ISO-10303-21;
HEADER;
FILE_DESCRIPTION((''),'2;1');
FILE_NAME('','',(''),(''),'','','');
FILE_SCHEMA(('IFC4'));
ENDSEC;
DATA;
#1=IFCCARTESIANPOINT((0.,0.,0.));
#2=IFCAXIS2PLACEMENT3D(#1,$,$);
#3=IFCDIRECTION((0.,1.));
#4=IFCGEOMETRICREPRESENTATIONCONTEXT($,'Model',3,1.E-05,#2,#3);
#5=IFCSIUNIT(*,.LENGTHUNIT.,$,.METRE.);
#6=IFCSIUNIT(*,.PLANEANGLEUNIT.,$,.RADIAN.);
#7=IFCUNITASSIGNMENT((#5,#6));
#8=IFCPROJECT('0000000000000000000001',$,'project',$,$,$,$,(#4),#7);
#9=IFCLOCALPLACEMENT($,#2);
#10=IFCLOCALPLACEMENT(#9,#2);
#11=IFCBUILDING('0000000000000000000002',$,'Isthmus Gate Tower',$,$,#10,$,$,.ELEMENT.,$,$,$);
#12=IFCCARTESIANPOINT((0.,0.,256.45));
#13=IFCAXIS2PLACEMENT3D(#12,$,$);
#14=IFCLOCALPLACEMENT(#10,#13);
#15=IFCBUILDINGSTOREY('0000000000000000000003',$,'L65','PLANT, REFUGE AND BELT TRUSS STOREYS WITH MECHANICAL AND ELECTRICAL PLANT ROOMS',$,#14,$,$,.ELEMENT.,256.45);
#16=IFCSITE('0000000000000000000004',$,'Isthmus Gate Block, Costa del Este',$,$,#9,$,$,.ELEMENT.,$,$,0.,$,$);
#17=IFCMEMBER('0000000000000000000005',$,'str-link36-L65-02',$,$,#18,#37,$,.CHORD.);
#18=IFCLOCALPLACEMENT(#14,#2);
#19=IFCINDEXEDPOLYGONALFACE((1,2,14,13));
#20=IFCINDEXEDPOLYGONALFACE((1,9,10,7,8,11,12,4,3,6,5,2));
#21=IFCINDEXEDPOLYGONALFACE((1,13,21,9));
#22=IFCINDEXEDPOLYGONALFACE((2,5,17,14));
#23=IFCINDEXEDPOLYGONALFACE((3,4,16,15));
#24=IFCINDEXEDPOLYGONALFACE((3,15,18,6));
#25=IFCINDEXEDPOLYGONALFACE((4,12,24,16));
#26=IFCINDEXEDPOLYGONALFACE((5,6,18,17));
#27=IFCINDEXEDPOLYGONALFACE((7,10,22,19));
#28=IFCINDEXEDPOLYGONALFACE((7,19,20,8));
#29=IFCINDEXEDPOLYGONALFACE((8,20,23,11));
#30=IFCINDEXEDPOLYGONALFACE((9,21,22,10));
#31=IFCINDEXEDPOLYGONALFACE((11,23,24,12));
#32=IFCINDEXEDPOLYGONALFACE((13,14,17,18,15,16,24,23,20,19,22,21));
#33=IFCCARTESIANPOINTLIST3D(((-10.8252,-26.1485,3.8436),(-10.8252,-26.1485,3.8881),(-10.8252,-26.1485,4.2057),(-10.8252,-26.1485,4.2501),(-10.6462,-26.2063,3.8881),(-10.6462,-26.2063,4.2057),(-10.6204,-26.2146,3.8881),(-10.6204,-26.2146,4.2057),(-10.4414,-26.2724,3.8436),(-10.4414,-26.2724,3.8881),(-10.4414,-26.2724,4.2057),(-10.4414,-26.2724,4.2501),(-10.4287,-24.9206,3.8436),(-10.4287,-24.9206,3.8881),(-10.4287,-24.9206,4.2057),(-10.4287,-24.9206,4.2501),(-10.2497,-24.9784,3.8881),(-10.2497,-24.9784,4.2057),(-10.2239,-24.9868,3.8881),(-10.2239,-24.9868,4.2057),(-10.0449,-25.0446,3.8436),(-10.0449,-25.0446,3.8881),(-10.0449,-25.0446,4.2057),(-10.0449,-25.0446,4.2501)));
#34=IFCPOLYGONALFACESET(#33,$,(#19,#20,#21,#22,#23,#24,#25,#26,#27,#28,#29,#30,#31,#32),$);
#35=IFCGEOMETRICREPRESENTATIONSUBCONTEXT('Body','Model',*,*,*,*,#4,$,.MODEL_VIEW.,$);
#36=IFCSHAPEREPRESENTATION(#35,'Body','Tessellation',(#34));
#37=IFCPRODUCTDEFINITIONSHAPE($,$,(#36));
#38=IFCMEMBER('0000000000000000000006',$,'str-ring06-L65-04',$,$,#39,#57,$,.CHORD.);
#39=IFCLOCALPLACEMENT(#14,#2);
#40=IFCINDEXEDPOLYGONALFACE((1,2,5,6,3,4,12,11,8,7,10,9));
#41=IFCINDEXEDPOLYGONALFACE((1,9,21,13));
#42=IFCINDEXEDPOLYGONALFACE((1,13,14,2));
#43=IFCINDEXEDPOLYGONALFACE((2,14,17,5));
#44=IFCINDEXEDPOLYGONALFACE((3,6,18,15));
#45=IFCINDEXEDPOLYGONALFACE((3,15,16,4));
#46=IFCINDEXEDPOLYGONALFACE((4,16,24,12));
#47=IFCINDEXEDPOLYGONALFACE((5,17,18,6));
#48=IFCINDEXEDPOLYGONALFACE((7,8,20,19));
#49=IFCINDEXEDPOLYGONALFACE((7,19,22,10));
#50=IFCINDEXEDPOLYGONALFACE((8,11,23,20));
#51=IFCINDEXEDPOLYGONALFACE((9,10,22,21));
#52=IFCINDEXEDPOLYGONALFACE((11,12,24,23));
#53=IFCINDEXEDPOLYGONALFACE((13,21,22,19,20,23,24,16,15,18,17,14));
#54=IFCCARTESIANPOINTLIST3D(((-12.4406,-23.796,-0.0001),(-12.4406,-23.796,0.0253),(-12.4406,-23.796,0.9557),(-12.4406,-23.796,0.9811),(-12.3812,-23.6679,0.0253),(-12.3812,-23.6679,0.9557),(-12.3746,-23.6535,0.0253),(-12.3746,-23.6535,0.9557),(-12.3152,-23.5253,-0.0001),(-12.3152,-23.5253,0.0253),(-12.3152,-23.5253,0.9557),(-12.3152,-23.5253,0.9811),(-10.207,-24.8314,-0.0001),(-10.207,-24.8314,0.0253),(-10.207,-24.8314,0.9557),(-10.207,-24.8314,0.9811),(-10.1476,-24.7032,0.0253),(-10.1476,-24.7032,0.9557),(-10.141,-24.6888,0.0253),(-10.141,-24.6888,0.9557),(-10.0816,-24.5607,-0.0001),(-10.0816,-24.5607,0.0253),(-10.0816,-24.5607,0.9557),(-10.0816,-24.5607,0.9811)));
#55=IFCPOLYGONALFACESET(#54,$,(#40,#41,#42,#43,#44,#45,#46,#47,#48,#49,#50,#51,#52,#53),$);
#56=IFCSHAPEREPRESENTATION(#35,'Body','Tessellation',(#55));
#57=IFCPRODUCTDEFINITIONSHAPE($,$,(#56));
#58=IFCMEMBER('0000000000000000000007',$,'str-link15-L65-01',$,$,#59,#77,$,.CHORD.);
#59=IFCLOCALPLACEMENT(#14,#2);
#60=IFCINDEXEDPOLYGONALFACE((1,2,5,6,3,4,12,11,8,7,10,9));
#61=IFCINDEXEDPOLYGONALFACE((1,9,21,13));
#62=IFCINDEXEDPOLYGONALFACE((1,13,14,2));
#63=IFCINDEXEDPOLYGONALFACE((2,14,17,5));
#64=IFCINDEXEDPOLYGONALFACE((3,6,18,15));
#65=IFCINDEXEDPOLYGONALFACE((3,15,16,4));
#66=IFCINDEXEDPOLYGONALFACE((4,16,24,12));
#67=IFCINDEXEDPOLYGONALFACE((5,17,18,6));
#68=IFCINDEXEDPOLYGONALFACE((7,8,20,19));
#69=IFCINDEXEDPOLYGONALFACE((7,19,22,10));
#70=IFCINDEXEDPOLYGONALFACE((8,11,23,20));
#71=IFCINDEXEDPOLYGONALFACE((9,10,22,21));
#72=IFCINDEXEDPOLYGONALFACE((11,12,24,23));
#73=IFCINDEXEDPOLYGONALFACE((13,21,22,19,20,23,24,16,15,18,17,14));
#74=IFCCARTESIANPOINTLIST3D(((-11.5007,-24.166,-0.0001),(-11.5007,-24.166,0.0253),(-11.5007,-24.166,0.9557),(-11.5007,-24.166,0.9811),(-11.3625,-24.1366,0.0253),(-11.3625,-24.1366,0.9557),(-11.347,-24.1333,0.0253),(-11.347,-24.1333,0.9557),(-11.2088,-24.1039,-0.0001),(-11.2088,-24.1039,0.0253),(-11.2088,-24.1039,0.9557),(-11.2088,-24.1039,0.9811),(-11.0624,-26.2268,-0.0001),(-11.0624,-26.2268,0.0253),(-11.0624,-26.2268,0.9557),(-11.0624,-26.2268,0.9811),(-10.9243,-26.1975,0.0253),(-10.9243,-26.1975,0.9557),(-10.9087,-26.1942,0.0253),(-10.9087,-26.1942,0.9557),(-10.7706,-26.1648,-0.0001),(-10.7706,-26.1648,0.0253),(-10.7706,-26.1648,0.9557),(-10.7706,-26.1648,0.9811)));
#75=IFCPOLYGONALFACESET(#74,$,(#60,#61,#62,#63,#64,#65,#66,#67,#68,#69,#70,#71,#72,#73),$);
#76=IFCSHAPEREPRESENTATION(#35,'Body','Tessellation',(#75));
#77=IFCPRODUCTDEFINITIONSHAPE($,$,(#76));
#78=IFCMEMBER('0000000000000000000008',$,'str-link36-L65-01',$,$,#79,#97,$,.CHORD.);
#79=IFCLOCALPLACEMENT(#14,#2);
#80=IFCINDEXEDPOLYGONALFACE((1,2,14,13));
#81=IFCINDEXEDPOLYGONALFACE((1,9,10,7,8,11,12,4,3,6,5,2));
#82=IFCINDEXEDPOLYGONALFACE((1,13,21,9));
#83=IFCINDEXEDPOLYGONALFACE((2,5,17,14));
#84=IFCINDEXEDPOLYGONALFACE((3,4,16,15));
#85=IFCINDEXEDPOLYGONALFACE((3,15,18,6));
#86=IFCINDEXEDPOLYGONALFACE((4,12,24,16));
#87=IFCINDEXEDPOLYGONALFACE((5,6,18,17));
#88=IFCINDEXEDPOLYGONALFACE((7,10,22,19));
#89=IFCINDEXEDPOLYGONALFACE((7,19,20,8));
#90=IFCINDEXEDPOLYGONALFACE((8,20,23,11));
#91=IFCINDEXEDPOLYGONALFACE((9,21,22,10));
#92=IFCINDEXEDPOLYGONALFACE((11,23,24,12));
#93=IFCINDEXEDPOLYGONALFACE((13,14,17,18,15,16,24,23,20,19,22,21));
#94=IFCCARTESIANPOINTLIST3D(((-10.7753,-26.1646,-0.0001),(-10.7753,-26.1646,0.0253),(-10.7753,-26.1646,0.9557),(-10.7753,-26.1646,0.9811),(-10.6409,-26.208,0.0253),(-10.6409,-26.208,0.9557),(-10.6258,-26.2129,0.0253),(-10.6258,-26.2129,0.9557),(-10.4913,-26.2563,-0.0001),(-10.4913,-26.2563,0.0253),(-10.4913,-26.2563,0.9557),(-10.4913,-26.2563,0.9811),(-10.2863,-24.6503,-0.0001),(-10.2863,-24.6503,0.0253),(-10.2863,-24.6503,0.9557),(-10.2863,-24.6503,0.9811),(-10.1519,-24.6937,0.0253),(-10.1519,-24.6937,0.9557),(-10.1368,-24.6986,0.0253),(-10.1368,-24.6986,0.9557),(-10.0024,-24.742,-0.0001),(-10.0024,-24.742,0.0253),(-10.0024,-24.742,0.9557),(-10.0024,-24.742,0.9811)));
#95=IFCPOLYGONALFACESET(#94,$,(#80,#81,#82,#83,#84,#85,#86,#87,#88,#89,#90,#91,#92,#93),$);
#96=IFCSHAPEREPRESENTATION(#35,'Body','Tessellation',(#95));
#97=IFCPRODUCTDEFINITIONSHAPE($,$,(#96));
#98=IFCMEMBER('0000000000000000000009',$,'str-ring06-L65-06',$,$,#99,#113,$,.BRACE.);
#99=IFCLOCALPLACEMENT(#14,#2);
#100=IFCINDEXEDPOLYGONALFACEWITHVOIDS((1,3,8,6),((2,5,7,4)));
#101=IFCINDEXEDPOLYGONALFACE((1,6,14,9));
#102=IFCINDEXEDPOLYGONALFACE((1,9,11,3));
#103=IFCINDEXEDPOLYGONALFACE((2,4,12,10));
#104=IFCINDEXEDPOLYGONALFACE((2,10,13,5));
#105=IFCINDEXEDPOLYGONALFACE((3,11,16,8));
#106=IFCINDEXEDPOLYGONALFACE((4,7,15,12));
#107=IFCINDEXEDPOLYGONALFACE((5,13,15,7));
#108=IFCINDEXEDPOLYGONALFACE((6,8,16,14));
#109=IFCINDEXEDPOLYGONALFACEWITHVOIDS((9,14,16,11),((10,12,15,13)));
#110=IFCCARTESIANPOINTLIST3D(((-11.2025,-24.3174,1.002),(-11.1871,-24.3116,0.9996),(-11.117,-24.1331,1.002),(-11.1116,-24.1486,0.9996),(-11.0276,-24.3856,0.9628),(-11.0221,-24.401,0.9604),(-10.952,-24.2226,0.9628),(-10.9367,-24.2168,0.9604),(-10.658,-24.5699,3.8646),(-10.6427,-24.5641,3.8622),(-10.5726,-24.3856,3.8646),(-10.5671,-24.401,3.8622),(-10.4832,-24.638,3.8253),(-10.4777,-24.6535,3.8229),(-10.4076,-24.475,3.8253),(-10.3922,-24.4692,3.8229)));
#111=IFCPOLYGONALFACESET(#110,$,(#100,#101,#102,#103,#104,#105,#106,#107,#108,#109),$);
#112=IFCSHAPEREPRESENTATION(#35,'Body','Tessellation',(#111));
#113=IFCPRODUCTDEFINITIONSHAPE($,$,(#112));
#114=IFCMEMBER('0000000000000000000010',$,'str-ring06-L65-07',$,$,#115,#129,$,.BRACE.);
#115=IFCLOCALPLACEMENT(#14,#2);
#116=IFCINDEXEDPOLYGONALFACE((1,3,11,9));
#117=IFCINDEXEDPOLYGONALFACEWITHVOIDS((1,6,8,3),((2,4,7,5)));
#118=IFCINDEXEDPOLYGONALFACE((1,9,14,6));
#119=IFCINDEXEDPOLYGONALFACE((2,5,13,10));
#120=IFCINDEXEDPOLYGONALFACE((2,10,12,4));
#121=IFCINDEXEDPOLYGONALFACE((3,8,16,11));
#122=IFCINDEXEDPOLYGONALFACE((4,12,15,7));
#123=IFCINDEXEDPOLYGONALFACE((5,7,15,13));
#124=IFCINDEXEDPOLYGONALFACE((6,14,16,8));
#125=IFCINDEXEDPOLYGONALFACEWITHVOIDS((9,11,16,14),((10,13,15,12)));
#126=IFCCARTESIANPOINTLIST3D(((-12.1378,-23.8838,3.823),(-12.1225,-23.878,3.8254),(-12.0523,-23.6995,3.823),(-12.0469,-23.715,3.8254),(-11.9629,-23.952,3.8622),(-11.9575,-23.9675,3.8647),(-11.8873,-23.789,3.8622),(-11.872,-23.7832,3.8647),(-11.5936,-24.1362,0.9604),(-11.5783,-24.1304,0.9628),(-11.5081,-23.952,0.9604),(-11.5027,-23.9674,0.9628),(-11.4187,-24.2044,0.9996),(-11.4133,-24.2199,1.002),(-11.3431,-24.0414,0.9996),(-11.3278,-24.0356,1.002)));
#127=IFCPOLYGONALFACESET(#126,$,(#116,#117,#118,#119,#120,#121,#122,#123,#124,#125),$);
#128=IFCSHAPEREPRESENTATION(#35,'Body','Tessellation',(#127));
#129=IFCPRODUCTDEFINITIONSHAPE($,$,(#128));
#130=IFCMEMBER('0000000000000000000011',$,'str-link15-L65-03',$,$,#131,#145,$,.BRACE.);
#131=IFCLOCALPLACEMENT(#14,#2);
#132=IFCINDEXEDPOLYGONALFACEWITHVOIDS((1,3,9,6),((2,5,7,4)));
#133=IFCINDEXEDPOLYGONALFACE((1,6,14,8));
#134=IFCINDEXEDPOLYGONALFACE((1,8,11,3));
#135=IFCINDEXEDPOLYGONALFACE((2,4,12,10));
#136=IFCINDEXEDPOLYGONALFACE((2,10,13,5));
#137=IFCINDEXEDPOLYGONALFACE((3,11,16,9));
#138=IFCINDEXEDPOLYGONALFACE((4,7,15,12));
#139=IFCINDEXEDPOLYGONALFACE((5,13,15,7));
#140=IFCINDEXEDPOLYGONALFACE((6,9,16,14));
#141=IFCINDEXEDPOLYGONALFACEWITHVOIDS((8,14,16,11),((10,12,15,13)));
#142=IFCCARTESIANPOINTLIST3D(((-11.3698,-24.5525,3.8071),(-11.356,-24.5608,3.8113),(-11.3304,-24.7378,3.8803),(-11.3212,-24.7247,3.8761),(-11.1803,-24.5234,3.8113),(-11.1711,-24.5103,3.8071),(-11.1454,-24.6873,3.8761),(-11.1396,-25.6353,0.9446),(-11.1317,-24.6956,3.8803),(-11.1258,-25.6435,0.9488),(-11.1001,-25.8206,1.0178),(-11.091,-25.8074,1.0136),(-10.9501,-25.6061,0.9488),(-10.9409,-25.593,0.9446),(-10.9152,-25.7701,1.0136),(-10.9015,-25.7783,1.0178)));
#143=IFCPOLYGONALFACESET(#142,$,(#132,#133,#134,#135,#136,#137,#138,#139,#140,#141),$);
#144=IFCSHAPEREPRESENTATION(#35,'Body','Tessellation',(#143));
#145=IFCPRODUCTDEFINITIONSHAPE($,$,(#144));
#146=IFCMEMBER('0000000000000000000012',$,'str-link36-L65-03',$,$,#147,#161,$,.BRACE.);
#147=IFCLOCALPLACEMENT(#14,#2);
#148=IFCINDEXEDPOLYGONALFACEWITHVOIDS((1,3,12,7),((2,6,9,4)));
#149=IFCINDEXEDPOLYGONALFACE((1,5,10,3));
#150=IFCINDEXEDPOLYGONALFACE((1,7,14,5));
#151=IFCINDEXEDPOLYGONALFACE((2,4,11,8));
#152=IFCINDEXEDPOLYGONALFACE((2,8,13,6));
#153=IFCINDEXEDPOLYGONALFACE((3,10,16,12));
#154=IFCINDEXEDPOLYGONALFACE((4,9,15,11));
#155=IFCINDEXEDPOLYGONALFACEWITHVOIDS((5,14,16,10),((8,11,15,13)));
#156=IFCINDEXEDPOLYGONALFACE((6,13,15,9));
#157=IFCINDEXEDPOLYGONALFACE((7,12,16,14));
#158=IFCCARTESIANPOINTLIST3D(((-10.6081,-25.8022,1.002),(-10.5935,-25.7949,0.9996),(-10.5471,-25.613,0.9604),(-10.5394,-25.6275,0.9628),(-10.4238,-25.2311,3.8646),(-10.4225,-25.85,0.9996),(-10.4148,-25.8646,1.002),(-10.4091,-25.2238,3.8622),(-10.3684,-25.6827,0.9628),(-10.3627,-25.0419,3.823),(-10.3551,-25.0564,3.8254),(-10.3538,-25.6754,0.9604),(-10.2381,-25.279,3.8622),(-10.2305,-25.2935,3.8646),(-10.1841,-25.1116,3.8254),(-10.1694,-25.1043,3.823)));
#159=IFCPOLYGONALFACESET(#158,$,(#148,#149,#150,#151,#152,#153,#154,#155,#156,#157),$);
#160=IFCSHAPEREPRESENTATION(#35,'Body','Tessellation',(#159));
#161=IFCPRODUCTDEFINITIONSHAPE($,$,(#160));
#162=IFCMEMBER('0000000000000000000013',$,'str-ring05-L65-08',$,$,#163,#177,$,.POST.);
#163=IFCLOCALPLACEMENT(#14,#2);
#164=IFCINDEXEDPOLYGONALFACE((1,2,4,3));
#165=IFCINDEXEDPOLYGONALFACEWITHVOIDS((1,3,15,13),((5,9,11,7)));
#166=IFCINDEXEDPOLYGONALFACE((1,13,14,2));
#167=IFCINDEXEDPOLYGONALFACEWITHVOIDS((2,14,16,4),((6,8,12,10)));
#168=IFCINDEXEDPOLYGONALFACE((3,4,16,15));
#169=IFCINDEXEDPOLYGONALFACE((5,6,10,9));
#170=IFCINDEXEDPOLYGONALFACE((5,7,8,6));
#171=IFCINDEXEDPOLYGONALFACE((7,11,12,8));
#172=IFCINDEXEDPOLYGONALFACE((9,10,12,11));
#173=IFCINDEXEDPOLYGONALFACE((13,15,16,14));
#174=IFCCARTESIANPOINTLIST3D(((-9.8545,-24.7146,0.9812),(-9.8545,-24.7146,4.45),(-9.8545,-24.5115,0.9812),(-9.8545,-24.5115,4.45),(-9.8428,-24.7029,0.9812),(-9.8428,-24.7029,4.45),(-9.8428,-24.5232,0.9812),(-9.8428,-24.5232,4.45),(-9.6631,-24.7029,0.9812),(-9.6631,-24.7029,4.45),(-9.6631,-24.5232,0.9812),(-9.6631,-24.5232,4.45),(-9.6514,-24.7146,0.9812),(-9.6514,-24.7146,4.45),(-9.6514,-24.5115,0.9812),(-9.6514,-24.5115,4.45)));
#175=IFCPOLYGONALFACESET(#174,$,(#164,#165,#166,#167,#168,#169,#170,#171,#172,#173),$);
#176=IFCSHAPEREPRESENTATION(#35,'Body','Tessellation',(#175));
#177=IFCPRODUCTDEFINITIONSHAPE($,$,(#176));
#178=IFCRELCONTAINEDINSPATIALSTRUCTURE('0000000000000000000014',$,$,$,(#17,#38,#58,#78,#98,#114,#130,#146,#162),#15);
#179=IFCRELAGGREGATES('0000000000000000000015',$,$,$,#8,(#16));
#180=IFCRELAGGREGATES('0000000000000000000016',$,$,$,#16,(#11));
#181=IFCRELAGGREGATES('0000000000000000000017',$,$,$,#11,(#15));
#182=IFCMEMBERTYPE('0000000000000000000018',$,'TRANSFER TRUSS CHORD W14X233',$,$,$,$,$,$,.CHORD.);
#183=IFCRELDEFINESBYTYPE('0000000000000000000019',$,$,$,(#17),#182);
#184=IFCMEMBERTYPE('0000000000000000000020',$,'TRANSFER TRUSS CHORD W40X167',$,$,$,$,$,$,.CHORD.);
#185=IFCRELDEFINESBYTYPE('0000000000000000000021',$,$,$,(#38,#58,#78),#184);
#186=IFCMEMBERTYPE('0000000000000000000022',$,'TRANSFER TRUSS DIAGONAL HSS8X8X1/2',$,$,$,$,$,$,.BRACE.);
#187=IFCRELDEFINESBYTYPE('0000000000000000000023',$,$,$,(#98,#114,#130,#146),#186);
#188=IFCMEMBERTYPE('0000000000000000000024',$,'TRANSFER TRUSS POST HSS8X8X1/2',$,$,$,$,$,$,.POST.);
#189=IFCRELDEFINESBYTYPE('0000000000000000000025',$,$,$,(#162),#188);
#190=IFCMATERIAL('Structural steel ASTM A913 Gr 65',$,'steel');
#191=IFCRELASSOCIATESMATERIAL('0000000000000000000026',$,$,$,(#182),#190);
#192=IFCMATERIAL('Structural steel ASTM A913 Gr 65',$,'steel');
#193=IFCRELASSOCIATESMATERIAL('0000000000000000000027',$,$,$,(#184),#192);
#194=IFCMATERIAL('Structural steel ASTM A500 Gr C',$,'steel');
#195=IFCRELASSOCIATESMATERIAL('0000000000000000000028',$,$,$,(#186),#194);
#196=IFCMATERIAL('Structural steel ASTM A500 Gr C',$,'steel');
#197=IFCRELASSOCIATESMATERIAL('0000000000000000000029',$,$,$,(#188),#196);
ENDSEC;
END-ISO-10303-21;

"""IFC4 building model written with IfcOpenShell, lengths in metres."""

from ifc_helpers import new_model, si_unit, direction, frame, origin, origin_2d, place, context, subcontext, project, spatial, hollow_rectangle, i_section, extrude, material, material_profile, profile_set, type_object, element, save


model = new_model("IFC4")

# Units and contexts
model_context = context("Model", 3, precision=1e-05, world=origin(), true_north=direction((0.0, 1.0)))
body_context = subcontext(model_context, "Body", "Model", "MODEL_VIEW")
ifc_project = project(units=[si_unit("LENGTHUNIT", "METRE"), si_unit("PLANEANGLEUNIT", "RADIAN")], contexts=[model_context])

# Site, building, storey
site_placement = place(None, origin())
site = spatial("IfcSite", under=ifc_project, at=site_placement, Name="Isthmus Gate Block, Costa del Este", CompositionType="ELEMENT", RefElevation=0.0)
building_placement = place(site_placement, origin())
building = spatial("IfcBuilding", under=site, at=building_placement, Name="Isthmus Gate Tower", CompositionType="ELEMENT")
storey_placement = place(building_placement, frame((0.0, 0.0, 256.45)))
storey = spatial("IfcBuildingStorey", under=building, at=storey_placement, Name="L65", Description="PLANT, REFUGE AND BELT TRUSS STOREYS WITH MECHANICAL AND ELECTRICAL PLANT ROOMS", CompositionType="ELEMENT", Elevation=256.45)

# Members
ifc_material_1 = material(Name="Structural steel ASTM A913 Gr 65", Category="steel")
ifc_material_profile_1 = material_profile(ifc_material_1, i_section(OverallWidth=0.4033, OverallDepth=0.4065, WebThickness=0.0271, FlangeThickness=0.0444, at=origin_2d()), Name="W14X233")
ifc_profile_set_1 = profile_set([ifc_material_profile_1], Name="Structural steel ASTM A913 Gr 65")
member_type_1 = type_object("IfcMemberType", Name="TRANSFER TRUSS CHORD W14X233", PredefinedType="CHORD", material=ifc_profile_set_1)
member_1_placement = place(storey_placement, frame((-10.6333, -26.2104, 4.0469), z_axis=(0.307301, 0.951612, 0.0), x_axis=(-0.951612, 0.307301, 0.0)))
element("IfcMember", 1, at=member_1_placement, inside=storey, type_object=member_type_1, Name="str-link36-L65-02", PredefinedType="CHORD", context=body_context, shape_type="SweptSolid", body=[
    extrude(i_section(OverallWidth=0.4033, OverallDepth=0.4065, WebThickness=0.0271, FlangeThickness=0.0444, at=origin_2d()), origin(), (0.0, 0.0, 1.0), 1.2903),
])
ifc_material_2 = material(Name="Structural steel ASTM A913 Gr 65", Category="steel")
ifc_material_profile_2 = material_profile(ifc_material_2, i_section(OverallWidth=0.2983, OverallDepth=0.9812, WebThickness=0.0159, FlangeThickness=0.0254, at=origin_2d()), Name="W40X167")
ifc_profile_set_2 = profile_set([ifc_material_profile_2], Name="Structural steel ASTM A913 Gr 65")
member_type_2 = type_object("IfcMemberType", Name="TRANSFER TRUSS CHORD W40X167", PredefinedType="CHORD", material=ifc_profile_set_2)
member_2_placement = place(storey_placement, frame((-10.1443, -24.696, 0.4905), z_axis=(-0.907264, 0.420561, 0.0), x_axis=(-0.420561, -0.907264, 0.0)))
element("IfcMember", 2, at=member_2_placement, inside=storey, type_object=member_type_2, Name="str-ring06-L65-04", PredefinedType="CHORD", context=body_context, shape_type="SweptSolid", body=[
    extrude(i_section(OverallWidth=0.2983, OverallDepth=0.9812, WebThickness=0.0159, FlangeThickness=0.0254, at=origin_2d()), origin(), (0.0, 0.0, 1.0), 2.4619),
])
member_3_placement = place(storey_placement, frame((-10.9165, -26.1958, 0.4905), z_axis=(-0.208002, 0.978129, 0.0), x_axis=(-0.978129, -0.208002, 0.0)))
element("IfcMember", 3, at=member_3_placement, inside=storey, type_object=member_type_2, Name="str-link15-L65-01", PredefinedType="CHORD", context=body_context, shape_type="SweptSolid", body=[
    extrude(i_section(OverallWidth=0.2983, OverallDepth=0.9812, WebThickness=0.0159, FlangeThickness=0.0254, at=origin_2d()), origin(), (0.0, 0.0, 1.0), 2.1069),
])
member_4_placement = place(storey_placement, frame((-10.6333, -26.2104, 0.4905), z_axis=(0.307285, 0.951617, 0.0), x_axis=(-0.951617, 0.307285, 0.0)))
element("IfcMember", 4, at=member_4_placement, inside=storey, type_object=member_type_2, Name="str-link36-L65-01", PredefinedType="CHORD", context=body_context, shape_type="SweptSolid", body=[
    extrude(i_section(OverallWidth=0.2983, OverallDepth=0.9812, WebThickness=0.0159, FlangeThickness=0.0254, at=origin_2d()), origin(), (0.0, 0.0, 1.0), 1.5913),
])
ifc_material_3 = material(Name="Structural steel ASTM A500 Gr C", Category="steel")
ifc_material_profile_3 = material_profile(ifc_material_3, hollow_rectangle(XDim=0.2031, YDim=0.2031, WallThickness=0.0117, at=origin_2d()), Name="HSS8X8X1/2")
ifc_profile_set_3 = profile_set([ifc_material_profile_3], Name="Structural steel ASTM A500 Gr C")
member_type_3 = type_object("IfcMemberType", Name="TRANSFER TRUSS DIAGONAL HSS8X8X1/2", PredefinedType="BRACE", material=ifc_profile_set_3)
for number, where, z_axis, x_axis, name in (
    (5, (-11.0696, -24.2671, 0.9812), (0.186145, -0.086311, 0.978724), (0.420657, 0.90722, 0.0), "str-ring06-L65-06"),
    (6, (-11.4607, -24.0859, 0.9812), (-0.186065, 0.086313, 0.978739), (-0.420812, -0.907148, 0.0), "str-ring06-L65-07"),
):
    element("IfcMember", number, at=place(storey_placement, frame(where, z_axis=z_axis, x_axis=x_axis)), inside=storey, type_object=member_type_3, Name=name, PredefinedType="BRACE", context=body_context, shape_type="SweptSolid", body=[
        extrude(hollow_rectangle(XDim=0.2031, YDim=0.2031, WallThickness=0.0117, at=origin_2d()), origin(), (0.0, 0.0, 1.0), 2.9248),
    ])
member_5_placement = place(storey_placement, frame((-11.0205, -25.7068, 0.9812), z_axis=(-0.075013, 0.352792, 0.93269), x_axis=(-0.978134, -0.207977, 0.0)))
element("IfcMember", 7, at=member_5_placement, inside=storey, type_object=member_type_3, Name="str-link15-L65-03", PredefinedType="BRACE", context=body_context, shape_type="SweptSolid", body=[
    extrude(hollow_rectangle(XDim=0.2031, YDim=0.2031, WallThickness=0.0117, at=origin_2d()), origin(), (0.0, 0.0, 1.0), 3.0691),
])
member_6_placement = place(storey_placement, frame((-10.481, -25.7388, 0.9812), z_axis=(0.063023, 0.195245, 0.978728), x_axis=(-0.951651, 0.307181, 0.0)))
element("IfcMember", 8, at=member_6_placement, inside=storey, type_object=member_type_3, Name="str-link36-L65-03", PredefinedType="BRACE", context=body_context, shape_type="SweptSolid", body=[
    extrude(hollow_rectangle(XDim=0.2031, YDim=0.2031, WallThickness=0.0117, at=origin_2d()), origin(), (0.0, 0.0, 1.0), 2.9248),
])
ifc_material_4 = material(Name="Structural steel ASTM A500 Gr C", Category="steel")
ifc_material_profile_4 = material_profile(ifc_material_4, hollow_rectangle(XDim=0.2031, YDim=0.2031, WallThickness=0.0117, at=origin_2d()), Name="HSS8X8X1/2")
ifc_profile_set_4 = profile_set([ifc_material_profile_4], Name="Structural steel ASTM A500 Gr C")
member_type_4 = type_object("IfcMemberType", Name="TRANSFER TRUSS POST HSS8X8X1/2", PredefinedType="POST", material=ifc_profile_set_4)
member_7_placement = place(storey_placement, frame((-9.7529, -24.613, 0.9812), z_axis=(0.0, 0.0, 1.0), x_axis=(1.0, 0.0, 0.0)))
element("IfcMember", 9, at=member_7_placement, inside=storey, type_object=member_type_4, Name="str-ring05-L65-08", PredefinedType="POST", context=body_context, shape_type="SweptSolid", body=[
    extrude(hollow_rectangle(XDim=0.2031, YDim=0.2031, WallThickness=0.0117, at=origin_2d()), origin(), (0.0, 0.0, 1.0), 3.4688),
])

save(model, "model.ifc")
